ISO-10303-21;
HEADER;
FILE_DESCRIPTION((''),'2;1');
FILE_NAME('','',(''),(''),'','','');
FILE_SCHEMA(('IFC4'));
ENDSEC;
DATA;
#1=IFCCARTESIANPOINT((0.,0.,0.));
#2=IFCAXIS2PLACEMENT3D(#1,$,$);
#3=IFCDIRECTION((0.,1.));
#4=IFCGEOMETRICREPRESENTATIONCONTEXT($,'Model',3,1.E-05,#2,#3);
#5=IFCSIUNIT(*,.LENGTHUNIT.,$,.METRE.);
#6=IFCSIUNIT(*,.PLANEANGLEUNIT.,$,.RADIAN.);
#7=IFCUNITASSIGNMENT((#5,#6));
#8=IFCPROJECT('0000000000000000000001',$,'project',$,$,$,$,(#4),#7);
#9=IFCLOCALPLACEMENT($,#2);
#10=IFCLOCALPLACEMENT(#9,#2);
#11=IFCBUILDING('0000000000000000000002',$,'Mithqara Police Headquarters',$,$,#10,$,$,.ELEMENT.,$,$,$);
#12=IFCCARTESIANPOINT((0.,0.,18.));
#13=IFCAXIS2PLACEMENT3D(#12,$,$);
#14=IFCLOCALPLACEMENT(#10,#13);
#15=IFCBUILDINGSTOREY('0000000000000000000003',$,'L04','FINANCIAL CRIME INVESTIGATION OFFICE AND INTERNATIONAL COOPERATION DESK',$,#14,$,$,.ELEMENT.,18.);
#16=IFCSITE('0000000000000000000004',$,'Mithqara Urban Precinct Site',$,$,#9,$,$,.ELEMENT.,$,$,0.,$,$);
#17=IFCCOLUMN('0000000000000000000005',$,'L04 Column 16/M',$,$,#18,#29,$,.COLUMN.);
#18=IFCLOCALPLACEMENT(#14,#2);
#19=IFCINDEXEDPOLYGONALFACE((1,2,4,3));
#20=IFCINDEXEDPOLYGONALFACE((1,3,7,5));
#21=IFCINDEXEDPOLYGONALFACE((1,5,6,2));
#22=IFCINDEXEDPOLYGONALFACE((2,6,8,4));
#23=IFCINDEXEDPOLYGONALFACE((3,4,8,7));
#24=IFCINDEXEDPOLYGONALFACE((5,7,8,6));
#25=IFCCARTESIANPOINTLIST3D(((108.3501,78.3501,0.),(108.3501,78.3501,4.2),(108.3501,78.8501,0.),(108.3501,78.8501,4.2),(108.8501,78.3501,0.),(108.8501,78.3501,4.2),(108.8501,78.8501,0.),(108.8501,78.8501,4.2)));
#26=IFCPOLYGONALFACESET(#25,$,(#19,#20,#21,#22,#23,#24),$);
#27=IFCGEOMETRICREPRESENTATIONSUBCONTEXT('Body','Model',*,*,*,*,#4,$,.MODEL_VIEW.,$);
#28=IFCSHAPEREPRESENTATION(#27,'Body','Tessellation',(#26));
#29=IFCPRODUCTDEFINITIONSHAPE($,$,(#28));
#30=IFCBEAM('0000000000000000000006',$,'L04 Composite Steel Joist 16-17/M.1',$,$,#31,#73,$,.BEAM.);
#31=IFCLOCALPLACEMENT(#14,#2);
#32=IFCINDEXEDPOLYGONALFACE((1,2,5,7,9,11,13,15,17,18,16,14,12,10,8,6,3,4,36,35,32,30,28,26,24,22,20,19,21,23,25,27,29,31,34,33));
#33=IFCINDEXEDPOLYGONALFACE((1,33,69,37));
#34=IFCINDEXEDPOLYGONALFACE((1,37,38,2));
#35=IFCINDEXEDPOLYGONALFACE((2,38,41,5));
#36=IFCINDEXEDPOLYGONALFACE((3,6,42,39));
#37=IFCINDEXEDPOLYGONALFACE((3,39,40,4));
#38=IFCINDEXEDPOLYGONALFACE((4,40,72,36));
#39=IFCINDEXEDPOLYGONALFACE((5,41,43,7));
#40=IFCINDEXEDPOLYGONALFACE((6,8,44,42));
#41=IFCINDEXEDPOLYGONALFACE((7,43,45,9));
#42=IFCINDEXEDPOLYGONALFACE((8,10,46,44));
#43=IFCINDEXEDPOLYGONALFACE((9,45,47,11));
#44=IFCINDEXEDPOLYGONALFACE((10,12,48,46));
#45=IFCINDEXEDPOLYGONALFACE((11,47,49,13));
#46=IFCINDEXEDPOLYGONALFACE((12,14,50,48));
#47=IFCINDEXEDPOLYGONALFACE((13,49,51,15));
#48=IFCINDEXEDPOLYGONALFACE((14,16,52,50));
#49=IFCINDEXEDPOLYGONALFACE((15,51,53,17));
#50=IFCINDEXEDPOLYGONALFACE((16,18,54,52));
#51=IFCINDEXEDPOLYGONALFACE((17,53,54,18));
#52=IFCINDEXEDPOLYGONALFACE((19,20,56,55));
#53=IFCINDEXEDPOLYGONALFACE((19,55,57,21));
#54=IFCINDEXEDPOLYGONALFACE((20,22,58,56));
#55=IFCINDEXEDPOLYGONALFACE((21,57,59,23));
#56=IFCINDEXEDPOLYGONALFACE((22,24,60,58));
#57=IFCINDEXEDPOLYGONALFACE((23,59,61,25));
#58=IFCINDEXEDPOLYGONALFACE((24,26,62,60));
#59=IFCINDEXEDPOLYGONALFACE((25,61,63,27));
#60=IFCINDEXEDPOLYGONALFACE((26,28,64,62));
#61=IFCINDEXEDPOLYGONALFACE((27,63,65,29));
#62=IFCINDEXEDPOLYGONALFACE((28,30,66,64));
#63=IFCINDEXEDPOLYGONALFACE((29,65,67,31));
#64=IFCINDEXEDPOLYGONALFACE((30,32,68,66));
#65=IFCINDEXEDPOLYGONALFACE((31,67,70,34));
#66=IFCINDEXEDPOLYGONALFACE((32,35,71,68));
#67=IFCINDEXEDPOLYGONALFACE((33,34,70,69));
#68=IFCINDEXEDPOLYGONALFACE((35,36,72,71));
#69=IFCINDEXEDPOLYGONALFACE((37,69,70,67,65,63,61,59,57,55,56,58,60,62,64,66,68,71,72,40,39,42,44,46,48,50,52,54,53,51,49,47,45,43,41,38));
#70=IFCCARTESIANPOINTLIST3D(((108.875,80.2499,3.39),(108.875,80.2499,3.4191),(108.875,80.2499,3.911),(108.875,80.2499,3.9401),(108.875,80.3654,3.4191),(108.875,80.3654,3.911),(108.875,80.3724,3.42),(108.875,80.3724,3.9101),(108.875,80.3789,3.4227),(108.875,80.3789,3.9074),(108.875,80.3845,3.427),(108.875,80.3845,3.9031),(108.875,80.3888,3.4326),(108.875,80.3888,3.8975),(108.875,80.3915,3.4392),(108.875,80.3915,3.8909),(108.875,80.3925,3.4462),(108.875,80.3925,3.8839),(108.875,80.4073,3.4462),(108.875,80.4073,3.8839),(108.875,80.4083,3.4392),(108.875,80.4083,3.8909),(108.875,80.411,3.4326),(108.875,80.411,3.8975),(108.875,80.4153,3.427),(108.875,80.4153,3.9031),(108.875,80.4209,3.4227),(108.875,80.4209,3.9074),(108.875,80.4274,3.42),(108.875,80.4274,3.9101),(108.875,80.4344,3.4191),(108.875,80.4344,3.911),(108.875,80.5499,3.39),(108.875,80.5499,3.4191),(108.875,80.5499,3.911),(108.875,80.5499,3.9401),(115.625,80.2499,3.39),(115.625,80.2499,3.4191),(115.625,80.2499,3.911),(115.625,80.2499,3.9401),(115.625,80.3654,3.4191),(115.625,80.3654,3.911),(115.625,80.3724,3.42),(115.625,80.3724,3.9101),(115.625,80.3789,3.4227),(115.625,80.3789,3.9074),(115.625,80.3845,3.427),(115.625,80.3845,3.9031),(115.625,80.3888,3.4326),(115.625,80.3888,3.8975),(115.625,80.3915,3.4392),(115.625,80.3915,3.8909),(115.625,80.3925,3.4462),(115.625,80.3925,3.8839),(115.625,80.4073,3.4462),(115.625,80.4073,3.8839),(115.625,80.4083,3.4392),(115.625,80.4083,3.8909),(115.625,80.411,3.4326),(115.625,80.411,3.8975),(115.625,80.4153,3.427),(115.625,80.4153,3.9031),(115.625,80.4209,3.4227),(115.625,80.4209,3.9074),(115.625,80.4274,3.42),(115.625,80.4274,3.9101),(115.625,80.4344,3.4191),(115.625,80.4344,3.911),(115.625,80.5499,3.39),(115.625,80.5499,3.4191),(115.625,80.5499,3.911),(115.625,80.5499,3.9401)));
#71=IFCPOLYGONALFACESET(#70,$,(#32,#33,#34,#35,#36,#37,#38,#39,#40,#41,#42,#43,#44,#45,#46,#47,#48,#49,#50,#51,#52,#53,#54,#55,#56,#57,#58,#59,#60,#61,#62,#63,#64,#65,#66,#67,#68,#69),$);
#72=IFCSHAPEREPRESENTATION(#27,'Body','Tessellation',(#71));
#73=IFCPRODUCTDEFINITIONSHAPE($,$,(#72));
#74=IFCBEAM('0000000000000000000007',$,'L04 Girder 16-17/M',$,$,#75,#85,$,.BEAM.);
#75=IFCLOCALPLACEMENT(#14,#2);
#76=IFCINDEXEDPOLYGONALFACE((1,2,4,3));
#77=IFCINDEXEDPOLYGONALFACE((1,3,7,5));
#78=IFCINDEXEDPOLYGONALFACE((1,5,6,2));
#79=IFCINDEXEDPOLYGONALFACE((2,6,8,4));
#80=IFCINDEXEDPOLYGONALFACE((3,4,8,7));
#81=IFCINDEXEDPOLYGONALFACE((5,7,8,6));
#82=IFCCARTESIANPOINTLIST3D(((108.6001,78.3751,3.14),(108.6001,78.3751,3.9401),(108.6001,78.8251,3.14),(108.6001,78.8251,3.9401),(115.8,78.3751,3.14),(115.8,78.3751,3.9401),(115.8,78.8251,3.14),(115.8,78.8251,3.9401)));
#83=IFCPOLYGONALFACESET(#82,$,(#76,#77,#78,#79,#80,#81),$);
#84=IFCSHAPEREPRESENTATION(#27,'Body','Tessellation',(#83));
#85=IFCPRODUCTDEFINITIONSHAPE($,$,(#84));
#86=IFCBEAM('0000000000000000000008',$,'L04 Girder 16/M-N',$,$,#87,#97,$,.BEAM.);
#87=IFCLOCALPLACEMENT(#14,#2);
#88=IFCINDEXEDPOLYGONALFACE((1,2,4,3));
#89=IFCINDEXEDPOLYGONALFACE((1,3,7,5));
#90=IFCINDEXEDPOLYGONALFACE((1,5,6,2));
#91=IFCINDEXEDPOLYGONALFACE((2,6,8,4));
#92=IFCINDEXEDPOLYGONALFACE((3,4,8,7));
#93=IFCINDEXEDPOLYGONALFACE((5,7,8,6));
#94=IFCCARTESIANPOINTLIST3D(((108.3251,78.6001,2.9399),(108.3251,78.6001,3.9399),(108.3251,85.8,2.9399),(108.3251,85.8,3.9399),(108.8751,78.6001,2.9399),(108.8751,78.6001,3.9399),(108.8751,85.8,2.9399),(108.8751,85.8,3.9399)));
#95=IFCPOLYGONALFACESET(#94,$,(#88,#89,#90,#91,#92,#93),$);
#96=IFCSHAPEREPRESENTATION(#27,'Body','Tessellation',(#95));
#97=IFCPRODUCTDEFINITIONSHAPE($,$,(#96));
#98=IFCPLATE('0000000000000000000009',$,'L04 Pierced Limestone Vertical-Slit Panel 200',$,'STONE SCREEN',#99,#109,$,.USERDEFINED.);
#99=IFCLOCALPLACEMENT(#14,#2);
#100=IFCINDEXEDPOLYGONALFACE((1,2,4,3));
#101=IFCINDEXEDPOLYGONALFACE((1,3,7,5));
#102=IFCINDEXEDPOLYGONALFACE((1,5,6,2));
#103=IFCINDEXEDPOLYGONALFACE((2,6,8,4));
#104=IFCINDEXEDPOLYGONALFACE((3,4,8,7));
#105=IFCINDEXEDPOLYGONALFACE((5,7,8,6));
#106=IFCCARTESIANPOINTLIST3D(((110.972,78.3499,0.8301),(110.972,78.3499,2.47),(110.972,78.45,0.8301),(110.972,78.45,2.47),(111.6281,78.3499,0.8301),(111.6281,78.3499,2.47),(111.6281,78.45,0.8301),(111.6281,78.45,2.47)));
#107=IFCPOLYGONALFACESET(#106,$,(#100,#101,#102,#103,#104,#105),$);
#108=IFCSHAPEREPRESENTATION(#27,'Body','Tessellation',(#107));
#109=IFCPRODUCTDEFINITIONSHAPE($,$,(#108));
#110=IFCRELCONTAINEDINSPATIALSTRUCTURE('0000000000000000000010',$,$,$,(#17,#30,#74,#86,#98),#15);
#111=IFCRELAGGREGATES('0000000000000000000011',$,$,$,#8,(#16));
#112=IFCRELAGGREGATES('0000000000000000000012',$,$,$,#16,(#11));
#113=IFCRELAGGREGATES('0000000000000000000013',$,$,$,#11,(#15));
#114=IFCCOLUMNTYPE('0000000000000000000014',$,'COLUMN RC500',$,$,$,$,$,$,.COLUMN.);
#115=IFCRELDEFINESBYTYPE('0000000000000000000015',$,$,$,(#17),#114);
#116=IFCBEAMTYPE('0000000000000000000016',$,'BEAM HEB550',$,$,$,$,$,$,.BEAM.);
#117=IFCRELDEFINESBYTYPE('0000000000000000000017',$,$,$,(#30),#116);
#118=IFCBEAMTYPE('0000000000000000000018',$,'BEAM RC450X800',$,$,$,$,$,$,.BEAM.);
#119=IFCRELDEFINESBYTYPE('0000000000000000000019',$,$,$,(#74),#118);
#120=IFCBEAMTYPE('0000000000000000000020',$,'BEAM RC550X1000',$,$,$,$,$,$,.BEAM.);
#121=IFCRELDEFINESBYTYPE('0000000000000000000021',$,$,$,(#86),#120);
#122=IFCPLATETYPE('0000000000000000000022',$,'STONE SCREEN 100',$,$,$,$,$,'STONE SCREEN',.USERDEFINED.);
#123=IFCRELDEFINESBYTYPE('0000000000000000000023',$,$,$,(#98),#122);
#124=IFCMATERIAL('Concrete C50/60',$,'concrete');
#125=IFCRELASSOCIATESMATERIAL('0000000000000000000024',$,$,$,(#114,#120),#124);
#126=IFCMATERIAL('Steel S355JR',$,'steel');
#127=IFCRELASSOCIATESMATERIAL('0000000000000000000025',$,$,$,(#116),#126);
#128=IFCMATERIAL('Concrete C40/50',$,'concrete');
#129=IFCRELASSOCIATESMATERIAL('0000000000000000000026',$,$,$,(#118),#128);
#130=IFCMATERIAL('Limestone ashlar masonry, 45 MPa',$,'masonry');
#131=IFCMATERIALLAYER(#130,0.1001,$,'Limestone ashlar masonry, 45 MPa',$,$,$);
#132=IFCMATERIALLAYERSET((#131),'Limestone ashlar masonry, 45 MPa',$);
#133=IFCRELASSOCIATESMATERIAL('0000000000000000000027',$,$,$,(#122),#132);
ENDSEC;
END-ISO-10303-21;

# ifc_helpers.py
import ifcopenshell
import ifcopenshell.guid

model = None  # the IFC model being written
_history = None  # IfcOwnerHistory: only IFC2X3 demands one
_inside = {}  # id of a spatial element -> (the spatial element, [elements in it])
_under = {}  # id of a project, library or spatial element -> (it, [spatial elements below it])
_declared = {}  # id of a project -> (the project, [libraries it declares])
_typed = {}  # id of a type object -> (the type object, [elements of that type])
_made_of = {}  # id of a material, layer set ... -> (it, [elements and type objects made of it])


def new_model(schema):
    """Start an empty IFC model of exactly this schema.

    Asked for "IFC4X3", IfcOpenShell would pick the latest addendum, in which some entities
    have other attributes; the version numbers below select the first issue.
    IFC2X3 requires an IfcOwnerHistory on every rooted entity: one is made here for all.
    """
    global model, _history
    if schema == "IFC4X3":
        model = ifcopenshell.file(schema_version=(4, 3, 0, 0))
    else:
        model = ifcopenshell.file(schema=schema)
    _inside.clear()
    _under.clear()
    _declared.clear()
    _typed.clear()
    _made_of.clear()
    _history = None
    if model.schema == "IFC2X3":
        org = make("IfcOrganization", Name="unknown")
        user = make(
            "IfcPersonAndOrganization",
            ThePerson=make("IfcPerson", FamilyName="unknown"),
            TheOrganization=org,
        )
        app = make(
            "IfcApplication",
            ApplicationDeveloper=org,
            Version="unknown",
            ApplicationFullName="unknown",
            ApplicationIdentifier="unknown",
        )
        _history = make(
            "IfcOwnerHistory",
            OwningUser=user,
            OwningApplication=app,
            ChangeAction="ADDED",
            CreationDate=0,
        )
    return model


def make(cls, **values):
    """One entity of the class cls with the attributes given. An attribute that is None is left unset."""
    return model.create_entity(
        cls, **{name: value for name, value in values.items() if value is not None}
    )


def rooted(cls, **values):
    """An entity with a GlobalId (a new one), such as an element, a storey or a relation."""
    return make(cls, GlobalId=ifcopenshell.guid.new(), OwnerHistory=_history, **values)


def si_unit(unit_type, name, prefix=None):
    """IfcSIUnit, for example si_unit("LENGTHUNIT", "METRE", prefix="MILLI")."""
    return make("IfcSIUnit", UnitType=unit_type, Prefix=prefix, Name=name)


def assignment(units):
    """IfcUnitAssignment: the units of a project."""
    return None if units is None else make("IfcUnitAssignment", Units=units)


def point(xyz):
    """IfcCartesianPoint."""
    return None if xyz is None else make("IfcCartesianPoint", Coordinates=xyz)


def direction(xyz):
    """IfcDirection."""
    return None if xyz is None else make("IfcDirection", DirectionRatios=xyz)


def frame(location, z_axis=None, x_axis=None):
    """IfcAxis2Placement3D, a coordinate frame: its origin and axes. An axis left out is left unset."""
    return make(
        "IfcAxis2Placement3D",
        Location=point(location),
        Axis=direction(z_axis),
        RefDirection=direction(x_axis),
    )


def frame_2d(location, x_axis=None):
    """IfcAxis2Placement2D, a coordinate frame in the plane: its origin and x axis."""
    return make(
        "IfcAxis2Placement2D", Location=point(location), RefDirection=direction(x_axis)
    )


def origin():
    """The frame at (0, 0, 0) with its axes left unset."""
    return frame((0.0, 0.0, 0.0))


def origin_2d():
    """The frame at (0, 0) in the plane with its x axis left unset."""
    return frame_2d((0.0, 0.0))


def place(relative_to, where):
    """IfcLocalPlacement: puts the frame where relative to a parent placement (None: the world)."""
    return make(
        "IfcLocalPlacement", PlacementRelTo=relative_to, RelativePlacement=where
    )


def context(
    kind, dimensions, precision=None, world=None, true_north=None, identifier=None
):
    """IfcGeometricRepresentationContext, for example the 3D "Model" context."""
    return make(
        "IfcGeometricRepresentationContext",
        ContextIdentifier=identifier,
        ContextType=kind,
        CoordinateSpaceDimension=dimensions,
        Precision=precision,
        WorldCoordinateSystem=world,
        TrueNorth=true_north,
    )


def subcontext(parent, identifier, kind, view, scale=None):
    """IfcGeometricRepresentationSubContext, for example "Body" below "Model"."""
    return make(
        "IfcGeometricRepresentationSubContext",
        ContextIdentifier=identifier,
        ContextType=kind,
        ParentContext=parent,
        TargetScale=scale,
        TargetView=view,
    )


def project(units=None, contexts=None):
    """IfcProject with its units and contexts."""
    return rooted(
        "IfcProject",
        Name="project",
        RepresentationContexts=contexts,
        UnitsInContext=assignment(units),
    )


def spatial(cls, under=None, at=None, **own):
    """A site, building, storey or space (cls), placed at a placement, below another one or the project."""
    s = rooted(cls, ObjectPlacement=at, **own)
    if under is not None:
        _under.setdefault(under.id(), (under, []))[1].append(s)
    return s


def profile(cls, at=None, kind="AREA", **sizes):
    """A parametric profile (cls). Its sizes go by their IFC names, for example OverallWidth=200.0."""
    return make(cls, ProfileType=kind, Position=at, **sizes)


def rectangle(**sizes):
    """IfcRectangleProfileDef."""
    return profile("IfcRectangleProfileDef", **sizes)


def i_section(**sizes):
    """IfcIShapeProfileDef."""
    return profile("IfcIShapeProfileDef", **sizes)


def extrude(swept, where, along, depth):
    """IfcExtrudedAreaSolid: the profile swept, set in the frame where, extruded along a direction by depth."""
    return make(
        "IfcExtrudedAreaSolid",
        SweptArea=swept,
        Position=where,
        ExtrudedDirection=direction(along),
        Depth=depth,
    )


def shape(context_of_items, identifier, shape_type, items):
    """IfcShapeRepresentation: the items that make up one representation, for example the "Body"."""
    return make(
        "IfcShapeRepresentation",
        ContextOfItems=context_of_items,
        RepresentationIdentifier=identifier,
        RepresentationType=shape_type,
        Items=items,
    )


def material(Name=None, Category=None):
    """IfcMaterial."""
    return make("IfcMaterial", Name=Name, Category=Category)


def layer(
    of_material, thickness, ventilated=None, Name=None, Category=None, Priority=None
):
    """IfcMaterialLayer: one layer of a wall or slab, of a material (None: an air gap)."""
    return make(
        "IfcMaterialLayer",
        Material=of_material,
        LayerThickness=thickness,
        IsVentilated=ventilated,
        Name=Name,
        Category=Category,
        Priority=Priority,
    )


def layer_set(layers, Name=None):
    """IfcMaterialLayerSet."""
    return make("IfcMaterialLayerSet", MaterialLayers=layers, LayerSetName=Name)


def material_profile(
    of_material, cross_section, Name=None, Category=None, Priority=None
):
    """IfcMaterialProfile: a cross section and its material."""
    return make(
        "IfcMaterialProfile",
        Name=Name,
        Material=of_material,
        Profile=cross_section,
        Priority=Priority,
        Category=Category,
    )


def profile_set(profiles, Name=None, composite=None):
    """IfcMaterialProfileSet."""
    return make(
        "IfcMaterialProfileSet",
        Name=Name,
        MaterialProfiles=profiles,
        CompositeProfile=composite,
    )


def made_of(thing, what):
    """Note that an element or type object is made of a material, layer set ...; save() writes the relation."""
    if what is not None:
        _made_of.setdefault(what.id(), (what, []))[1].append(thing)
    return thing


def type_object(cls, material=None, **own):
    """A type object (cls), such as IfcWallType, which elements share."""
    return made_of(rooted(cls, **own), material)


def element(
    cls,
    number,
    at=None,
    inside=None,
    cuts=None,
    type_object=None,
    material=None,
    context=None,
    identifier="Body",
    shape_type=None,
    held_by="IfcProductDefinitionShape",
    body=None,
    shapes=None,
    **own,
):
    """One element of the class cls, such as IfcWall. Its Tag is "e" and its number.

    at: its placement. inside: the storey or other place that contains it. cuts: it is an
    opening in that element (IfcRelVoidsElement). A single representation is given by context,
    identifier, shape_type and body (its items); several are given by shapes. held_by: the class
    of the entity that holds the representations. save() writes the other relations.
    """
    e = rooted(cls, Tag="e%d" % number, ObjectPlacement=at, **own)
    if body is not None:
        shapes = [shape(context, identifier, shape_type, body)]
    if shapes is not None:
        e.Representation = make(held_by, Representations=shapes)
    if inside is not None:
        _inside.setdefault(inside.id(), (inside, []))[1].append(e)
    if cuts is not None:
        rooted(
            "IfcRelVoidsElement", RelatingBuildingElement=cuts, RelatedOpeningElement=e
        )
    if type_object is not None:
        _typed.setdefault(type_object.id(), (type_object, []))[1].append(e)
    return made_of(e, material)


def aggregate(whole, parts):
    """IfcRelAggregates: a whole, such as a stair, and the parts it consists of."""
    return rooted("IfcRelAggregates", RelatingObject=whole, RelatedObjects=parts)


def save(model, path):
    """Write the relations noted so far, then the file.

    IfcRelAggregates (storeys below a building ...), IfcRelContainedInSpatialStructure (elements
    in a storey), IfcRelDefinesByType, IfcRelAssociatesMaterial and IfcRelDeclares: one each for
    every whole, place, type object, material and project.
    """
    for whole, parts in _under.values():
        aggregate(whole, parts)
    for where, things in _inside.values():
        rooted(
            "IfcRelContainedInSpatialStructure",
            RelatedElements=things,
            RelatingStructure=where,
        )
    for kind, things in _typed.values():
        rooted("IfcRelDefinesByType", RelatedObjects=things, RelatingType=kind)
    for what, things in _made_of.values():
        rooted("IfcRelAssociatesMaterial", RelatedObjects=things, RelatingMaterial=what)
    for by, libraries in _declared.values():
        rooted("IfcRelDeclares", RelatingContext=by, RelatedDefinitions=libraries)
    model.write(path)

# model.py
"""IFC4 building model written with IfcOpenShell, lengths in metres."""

from ifc_helpers import new_model, si_unit, direction, frame, origin, origin_2d, place, context, subcontext, project, spatial, rectangle, i_section, extrude, material, layer, layer_set, material_profile, profile_set, type_object, element, save


model = new_model("IFC4")

# Units and contexts
model_context = context("Model", 3, precision=1e-05, world=origin(), true_north=direction((0.0, 1.0)))
body_context = subcontext(model_context, "Body", "Model", "MODEL_VIEW")
ifc_project = project(units=[si_unit("LENGTHUNIT", "METRE"), si_unit("PLANEANGLEUNIT", "RADIAN")], contexts=[model_context])

# Site, building, storey
site_placement = place(None, origin())
site = spatial("IfcSite", under=ifc_project, at=site_placement, Name="Mithqara Urban Precinct Site", CompositionType="ELEMENT", RefElevation=0.0)
building_placement = place(site_placement, origin())
building = spatial("IfcBuilding", under=site, at=building_placement, Name="Mithqara Police Headquarters", CompositionType="ELEMENT")
storey_placement = place(building_placement, frame((0.0, 0.0, 18.0)))
storey = spatial("IfcBuildingStorey", under=building, at=storey_placement, Name="L04", Description="FINANCIAL CRIME INVESTIGATION OFFICE AND INTERNATIONAL COOPERATION DESK", CompositionType="ELEMENT", Elevation=18.0)

# Column
ifc_material_1 = material(Name="Concrete C50/60", Category="concrete")
ifc_material_profile_1 = material_profile(ifc_material_1, rectangle(XDim=0.5, YDim=0.5, at=origin_2d()), Name="RC 500x500")
ifc_profile_set_1 = profile_set([ifc_material_profile_1], Name="Concrete C50/60")
column_type = type_object("IfcColumnType", Name="COLUMN RC500", PredefinedType="COLUMN", material=ifc_profile_set_1)
column_placement = place(storey_placement, frame((108.6001, 78.6001, 0.0), z_axis=(0.0, 0.0, 1.0), x_axis=(1.0, 0.0, 0.0)))
element("IfcColumn", 1, at=column_placement, inside=storey, type_object=column_type, Name="L04 Column 16/M", PredefinedType="COLUMN", context=body_context, shape_type="SweptSolid", body=[
    extrude(rectangle(XDim=0.5, YDim=0.5, at=origin_2d()), origin(), (0.0, 0.0, 1.0), 4.2),
])

# Beams
ifc_material_2 = material(Name="Steel S355JR", Category="steel")
ifc_material_profile_2 = material_profile(ifc_material_2, i_section(OverallWidth=0.3, OverallDepth=0.55, WebThickness=0.0149, FlangeThickness=0.0291, FilletRadius=0.0271, at=origin_2d()), Name="HEB 550")
ifc_profile_set_2 = profile_set([ifc_material_profile_2], Name="Steel S355JR")
beam_type_1 = type_object("IfcBeamType", Name="BEAM HEB550", PredefinedType="BEAM", material=ifc_profile_set_2)
beam_1_placement = place(storey_placement, frame((108.875, 80.3999, 3.665), z_axis=(1.0, 0.0, 0.0), x_axis=(0.0, 1.0, 0.0)))
element("IfcBeam", 2, at=beam_1_placement, inside=storey, type_object=beam_type_1, Name="L04 Composite Steel Joist 16-17/M.1", PredefinedType="BEAM", context=body_context, shape_type="SweptSolid", body=[
    extrude(i_section(OverallWidth=0.3, OverallDepth=0.55, WebThickness=0.0149, FlangeThickness=0.0291, FilletRadius=0.0271, at=origin_2d()), origin(), (0.0, 0.0, 1.0), 6.75),
])
ifc_material_3 = material(Name="Concrete C40/50", Category="concrete")
ifc_material_profile_3 = material_profile(ifc_material_3, rectangle(XDim=0.45, YDim=0.8, at=origin_2d()), Name="RC 450x800")
ifc_profile_set_3 = profile_set([ifc_material_profile_3], Name="Concrete C40/50")
beam_type_2 = type_object("IfcBeamType", Name="BEAM RC450X800", PredefinedType="BEAM", material=ifc_profile_set_3)
beam_2_placement = place(storey_placement, frame((108.6001, 78.6001, 3.54), z_axis=(1.0, 0.0, 0.0), x_axis=(0.0, 1.0, 0.0)))
element("IfcBeam", 3, at=beam_2_placement, inside=storey, type_object=beam_type_2, Name="L04 Girder 16-17/M", PredefinedType="BEAM", context=body_context, shape_type="SweptSolid", body=[
    extrude(rectangle(XDim=0.45, YDim=0.8, at=origin_2d()), origin(), (0.0, 0.0, 1.0), 7.2),
])
ifc_material_profile_4 = material_profile(ifc_material_1, rectangle(XDim=0.55, YDim=1.0, at=origin_2d()), Name="RC 550x1000")
ifc_profile_set_4 = profile_set([ifc_material_profile_4], Name="Concrete C50/60")
beam_type_3 = type_object("IfcBeamType", Name="BEAM RC550X1000", PredefinedType="BEAM", material=ifc_profile_set_4)
beam_3_placement = place(storey_placement, frame((108.6001, 78.6001, 3.4399), z_axis=(0.0, 1.0, 0.0), x_axis=(-1.0, 0.0, 0.0)))
element("IfcBeam", 4, at=beam_3_placement, inside=storey, type_object=beam_type_3, Name="L04 Girder 16/M-N", PredefinedType="BEAM", context=body_context, shape_type="SweptSolid", body=[
    extrude(rectangle(XDim=0.55, YDim=1.0, at=origin_2d()), origin(), (0.0, 0.0, 1.0), 7.2),
])

# Plate
ifc_material_4 = material(Name="Limestone ashlar masonry, 45 MPa", Category="masonry")
ifc_layer_1 = layer(ifc_material_4, 0.1001, Name="Limestone ashlar masonry, 45 MPa")
ifc_layer_set_1 = layer_set([ifc_layer_1], Name="Limestone ashlar masonry, 45 MPa")
plate_type = type_object("IfcPlateType", Name="STONE SCREEN 100", ElementType="STONE SCREEN", PredefinedType="USERDEFINED", material=ifc_layer_set_1)
plate_placement = place(storey_placement, frame((111.3, 78.3999, 0.8301), z_axis=(0.0, 0.0, 1.0), x_axis=(1.0, 0.0, 0.0)))
element("IfcPlate", 5, at=plate_placement, inside=storey, type_object=plate_type, Name="L04 Pierced Limestone Vertical-Slit Panel 200", ObjectType="STONE SCREEN", PredefinedType="USERDEFINED", context=body_context, shape_type="SweptSolid", body=[
    extrude(rectangle(XDim=0.656, YDim=0.1001, at=origin_2d()), origin(), (0.0, 0.0, 1.0), 1.6399),
])

save(model, "model.ifc")
